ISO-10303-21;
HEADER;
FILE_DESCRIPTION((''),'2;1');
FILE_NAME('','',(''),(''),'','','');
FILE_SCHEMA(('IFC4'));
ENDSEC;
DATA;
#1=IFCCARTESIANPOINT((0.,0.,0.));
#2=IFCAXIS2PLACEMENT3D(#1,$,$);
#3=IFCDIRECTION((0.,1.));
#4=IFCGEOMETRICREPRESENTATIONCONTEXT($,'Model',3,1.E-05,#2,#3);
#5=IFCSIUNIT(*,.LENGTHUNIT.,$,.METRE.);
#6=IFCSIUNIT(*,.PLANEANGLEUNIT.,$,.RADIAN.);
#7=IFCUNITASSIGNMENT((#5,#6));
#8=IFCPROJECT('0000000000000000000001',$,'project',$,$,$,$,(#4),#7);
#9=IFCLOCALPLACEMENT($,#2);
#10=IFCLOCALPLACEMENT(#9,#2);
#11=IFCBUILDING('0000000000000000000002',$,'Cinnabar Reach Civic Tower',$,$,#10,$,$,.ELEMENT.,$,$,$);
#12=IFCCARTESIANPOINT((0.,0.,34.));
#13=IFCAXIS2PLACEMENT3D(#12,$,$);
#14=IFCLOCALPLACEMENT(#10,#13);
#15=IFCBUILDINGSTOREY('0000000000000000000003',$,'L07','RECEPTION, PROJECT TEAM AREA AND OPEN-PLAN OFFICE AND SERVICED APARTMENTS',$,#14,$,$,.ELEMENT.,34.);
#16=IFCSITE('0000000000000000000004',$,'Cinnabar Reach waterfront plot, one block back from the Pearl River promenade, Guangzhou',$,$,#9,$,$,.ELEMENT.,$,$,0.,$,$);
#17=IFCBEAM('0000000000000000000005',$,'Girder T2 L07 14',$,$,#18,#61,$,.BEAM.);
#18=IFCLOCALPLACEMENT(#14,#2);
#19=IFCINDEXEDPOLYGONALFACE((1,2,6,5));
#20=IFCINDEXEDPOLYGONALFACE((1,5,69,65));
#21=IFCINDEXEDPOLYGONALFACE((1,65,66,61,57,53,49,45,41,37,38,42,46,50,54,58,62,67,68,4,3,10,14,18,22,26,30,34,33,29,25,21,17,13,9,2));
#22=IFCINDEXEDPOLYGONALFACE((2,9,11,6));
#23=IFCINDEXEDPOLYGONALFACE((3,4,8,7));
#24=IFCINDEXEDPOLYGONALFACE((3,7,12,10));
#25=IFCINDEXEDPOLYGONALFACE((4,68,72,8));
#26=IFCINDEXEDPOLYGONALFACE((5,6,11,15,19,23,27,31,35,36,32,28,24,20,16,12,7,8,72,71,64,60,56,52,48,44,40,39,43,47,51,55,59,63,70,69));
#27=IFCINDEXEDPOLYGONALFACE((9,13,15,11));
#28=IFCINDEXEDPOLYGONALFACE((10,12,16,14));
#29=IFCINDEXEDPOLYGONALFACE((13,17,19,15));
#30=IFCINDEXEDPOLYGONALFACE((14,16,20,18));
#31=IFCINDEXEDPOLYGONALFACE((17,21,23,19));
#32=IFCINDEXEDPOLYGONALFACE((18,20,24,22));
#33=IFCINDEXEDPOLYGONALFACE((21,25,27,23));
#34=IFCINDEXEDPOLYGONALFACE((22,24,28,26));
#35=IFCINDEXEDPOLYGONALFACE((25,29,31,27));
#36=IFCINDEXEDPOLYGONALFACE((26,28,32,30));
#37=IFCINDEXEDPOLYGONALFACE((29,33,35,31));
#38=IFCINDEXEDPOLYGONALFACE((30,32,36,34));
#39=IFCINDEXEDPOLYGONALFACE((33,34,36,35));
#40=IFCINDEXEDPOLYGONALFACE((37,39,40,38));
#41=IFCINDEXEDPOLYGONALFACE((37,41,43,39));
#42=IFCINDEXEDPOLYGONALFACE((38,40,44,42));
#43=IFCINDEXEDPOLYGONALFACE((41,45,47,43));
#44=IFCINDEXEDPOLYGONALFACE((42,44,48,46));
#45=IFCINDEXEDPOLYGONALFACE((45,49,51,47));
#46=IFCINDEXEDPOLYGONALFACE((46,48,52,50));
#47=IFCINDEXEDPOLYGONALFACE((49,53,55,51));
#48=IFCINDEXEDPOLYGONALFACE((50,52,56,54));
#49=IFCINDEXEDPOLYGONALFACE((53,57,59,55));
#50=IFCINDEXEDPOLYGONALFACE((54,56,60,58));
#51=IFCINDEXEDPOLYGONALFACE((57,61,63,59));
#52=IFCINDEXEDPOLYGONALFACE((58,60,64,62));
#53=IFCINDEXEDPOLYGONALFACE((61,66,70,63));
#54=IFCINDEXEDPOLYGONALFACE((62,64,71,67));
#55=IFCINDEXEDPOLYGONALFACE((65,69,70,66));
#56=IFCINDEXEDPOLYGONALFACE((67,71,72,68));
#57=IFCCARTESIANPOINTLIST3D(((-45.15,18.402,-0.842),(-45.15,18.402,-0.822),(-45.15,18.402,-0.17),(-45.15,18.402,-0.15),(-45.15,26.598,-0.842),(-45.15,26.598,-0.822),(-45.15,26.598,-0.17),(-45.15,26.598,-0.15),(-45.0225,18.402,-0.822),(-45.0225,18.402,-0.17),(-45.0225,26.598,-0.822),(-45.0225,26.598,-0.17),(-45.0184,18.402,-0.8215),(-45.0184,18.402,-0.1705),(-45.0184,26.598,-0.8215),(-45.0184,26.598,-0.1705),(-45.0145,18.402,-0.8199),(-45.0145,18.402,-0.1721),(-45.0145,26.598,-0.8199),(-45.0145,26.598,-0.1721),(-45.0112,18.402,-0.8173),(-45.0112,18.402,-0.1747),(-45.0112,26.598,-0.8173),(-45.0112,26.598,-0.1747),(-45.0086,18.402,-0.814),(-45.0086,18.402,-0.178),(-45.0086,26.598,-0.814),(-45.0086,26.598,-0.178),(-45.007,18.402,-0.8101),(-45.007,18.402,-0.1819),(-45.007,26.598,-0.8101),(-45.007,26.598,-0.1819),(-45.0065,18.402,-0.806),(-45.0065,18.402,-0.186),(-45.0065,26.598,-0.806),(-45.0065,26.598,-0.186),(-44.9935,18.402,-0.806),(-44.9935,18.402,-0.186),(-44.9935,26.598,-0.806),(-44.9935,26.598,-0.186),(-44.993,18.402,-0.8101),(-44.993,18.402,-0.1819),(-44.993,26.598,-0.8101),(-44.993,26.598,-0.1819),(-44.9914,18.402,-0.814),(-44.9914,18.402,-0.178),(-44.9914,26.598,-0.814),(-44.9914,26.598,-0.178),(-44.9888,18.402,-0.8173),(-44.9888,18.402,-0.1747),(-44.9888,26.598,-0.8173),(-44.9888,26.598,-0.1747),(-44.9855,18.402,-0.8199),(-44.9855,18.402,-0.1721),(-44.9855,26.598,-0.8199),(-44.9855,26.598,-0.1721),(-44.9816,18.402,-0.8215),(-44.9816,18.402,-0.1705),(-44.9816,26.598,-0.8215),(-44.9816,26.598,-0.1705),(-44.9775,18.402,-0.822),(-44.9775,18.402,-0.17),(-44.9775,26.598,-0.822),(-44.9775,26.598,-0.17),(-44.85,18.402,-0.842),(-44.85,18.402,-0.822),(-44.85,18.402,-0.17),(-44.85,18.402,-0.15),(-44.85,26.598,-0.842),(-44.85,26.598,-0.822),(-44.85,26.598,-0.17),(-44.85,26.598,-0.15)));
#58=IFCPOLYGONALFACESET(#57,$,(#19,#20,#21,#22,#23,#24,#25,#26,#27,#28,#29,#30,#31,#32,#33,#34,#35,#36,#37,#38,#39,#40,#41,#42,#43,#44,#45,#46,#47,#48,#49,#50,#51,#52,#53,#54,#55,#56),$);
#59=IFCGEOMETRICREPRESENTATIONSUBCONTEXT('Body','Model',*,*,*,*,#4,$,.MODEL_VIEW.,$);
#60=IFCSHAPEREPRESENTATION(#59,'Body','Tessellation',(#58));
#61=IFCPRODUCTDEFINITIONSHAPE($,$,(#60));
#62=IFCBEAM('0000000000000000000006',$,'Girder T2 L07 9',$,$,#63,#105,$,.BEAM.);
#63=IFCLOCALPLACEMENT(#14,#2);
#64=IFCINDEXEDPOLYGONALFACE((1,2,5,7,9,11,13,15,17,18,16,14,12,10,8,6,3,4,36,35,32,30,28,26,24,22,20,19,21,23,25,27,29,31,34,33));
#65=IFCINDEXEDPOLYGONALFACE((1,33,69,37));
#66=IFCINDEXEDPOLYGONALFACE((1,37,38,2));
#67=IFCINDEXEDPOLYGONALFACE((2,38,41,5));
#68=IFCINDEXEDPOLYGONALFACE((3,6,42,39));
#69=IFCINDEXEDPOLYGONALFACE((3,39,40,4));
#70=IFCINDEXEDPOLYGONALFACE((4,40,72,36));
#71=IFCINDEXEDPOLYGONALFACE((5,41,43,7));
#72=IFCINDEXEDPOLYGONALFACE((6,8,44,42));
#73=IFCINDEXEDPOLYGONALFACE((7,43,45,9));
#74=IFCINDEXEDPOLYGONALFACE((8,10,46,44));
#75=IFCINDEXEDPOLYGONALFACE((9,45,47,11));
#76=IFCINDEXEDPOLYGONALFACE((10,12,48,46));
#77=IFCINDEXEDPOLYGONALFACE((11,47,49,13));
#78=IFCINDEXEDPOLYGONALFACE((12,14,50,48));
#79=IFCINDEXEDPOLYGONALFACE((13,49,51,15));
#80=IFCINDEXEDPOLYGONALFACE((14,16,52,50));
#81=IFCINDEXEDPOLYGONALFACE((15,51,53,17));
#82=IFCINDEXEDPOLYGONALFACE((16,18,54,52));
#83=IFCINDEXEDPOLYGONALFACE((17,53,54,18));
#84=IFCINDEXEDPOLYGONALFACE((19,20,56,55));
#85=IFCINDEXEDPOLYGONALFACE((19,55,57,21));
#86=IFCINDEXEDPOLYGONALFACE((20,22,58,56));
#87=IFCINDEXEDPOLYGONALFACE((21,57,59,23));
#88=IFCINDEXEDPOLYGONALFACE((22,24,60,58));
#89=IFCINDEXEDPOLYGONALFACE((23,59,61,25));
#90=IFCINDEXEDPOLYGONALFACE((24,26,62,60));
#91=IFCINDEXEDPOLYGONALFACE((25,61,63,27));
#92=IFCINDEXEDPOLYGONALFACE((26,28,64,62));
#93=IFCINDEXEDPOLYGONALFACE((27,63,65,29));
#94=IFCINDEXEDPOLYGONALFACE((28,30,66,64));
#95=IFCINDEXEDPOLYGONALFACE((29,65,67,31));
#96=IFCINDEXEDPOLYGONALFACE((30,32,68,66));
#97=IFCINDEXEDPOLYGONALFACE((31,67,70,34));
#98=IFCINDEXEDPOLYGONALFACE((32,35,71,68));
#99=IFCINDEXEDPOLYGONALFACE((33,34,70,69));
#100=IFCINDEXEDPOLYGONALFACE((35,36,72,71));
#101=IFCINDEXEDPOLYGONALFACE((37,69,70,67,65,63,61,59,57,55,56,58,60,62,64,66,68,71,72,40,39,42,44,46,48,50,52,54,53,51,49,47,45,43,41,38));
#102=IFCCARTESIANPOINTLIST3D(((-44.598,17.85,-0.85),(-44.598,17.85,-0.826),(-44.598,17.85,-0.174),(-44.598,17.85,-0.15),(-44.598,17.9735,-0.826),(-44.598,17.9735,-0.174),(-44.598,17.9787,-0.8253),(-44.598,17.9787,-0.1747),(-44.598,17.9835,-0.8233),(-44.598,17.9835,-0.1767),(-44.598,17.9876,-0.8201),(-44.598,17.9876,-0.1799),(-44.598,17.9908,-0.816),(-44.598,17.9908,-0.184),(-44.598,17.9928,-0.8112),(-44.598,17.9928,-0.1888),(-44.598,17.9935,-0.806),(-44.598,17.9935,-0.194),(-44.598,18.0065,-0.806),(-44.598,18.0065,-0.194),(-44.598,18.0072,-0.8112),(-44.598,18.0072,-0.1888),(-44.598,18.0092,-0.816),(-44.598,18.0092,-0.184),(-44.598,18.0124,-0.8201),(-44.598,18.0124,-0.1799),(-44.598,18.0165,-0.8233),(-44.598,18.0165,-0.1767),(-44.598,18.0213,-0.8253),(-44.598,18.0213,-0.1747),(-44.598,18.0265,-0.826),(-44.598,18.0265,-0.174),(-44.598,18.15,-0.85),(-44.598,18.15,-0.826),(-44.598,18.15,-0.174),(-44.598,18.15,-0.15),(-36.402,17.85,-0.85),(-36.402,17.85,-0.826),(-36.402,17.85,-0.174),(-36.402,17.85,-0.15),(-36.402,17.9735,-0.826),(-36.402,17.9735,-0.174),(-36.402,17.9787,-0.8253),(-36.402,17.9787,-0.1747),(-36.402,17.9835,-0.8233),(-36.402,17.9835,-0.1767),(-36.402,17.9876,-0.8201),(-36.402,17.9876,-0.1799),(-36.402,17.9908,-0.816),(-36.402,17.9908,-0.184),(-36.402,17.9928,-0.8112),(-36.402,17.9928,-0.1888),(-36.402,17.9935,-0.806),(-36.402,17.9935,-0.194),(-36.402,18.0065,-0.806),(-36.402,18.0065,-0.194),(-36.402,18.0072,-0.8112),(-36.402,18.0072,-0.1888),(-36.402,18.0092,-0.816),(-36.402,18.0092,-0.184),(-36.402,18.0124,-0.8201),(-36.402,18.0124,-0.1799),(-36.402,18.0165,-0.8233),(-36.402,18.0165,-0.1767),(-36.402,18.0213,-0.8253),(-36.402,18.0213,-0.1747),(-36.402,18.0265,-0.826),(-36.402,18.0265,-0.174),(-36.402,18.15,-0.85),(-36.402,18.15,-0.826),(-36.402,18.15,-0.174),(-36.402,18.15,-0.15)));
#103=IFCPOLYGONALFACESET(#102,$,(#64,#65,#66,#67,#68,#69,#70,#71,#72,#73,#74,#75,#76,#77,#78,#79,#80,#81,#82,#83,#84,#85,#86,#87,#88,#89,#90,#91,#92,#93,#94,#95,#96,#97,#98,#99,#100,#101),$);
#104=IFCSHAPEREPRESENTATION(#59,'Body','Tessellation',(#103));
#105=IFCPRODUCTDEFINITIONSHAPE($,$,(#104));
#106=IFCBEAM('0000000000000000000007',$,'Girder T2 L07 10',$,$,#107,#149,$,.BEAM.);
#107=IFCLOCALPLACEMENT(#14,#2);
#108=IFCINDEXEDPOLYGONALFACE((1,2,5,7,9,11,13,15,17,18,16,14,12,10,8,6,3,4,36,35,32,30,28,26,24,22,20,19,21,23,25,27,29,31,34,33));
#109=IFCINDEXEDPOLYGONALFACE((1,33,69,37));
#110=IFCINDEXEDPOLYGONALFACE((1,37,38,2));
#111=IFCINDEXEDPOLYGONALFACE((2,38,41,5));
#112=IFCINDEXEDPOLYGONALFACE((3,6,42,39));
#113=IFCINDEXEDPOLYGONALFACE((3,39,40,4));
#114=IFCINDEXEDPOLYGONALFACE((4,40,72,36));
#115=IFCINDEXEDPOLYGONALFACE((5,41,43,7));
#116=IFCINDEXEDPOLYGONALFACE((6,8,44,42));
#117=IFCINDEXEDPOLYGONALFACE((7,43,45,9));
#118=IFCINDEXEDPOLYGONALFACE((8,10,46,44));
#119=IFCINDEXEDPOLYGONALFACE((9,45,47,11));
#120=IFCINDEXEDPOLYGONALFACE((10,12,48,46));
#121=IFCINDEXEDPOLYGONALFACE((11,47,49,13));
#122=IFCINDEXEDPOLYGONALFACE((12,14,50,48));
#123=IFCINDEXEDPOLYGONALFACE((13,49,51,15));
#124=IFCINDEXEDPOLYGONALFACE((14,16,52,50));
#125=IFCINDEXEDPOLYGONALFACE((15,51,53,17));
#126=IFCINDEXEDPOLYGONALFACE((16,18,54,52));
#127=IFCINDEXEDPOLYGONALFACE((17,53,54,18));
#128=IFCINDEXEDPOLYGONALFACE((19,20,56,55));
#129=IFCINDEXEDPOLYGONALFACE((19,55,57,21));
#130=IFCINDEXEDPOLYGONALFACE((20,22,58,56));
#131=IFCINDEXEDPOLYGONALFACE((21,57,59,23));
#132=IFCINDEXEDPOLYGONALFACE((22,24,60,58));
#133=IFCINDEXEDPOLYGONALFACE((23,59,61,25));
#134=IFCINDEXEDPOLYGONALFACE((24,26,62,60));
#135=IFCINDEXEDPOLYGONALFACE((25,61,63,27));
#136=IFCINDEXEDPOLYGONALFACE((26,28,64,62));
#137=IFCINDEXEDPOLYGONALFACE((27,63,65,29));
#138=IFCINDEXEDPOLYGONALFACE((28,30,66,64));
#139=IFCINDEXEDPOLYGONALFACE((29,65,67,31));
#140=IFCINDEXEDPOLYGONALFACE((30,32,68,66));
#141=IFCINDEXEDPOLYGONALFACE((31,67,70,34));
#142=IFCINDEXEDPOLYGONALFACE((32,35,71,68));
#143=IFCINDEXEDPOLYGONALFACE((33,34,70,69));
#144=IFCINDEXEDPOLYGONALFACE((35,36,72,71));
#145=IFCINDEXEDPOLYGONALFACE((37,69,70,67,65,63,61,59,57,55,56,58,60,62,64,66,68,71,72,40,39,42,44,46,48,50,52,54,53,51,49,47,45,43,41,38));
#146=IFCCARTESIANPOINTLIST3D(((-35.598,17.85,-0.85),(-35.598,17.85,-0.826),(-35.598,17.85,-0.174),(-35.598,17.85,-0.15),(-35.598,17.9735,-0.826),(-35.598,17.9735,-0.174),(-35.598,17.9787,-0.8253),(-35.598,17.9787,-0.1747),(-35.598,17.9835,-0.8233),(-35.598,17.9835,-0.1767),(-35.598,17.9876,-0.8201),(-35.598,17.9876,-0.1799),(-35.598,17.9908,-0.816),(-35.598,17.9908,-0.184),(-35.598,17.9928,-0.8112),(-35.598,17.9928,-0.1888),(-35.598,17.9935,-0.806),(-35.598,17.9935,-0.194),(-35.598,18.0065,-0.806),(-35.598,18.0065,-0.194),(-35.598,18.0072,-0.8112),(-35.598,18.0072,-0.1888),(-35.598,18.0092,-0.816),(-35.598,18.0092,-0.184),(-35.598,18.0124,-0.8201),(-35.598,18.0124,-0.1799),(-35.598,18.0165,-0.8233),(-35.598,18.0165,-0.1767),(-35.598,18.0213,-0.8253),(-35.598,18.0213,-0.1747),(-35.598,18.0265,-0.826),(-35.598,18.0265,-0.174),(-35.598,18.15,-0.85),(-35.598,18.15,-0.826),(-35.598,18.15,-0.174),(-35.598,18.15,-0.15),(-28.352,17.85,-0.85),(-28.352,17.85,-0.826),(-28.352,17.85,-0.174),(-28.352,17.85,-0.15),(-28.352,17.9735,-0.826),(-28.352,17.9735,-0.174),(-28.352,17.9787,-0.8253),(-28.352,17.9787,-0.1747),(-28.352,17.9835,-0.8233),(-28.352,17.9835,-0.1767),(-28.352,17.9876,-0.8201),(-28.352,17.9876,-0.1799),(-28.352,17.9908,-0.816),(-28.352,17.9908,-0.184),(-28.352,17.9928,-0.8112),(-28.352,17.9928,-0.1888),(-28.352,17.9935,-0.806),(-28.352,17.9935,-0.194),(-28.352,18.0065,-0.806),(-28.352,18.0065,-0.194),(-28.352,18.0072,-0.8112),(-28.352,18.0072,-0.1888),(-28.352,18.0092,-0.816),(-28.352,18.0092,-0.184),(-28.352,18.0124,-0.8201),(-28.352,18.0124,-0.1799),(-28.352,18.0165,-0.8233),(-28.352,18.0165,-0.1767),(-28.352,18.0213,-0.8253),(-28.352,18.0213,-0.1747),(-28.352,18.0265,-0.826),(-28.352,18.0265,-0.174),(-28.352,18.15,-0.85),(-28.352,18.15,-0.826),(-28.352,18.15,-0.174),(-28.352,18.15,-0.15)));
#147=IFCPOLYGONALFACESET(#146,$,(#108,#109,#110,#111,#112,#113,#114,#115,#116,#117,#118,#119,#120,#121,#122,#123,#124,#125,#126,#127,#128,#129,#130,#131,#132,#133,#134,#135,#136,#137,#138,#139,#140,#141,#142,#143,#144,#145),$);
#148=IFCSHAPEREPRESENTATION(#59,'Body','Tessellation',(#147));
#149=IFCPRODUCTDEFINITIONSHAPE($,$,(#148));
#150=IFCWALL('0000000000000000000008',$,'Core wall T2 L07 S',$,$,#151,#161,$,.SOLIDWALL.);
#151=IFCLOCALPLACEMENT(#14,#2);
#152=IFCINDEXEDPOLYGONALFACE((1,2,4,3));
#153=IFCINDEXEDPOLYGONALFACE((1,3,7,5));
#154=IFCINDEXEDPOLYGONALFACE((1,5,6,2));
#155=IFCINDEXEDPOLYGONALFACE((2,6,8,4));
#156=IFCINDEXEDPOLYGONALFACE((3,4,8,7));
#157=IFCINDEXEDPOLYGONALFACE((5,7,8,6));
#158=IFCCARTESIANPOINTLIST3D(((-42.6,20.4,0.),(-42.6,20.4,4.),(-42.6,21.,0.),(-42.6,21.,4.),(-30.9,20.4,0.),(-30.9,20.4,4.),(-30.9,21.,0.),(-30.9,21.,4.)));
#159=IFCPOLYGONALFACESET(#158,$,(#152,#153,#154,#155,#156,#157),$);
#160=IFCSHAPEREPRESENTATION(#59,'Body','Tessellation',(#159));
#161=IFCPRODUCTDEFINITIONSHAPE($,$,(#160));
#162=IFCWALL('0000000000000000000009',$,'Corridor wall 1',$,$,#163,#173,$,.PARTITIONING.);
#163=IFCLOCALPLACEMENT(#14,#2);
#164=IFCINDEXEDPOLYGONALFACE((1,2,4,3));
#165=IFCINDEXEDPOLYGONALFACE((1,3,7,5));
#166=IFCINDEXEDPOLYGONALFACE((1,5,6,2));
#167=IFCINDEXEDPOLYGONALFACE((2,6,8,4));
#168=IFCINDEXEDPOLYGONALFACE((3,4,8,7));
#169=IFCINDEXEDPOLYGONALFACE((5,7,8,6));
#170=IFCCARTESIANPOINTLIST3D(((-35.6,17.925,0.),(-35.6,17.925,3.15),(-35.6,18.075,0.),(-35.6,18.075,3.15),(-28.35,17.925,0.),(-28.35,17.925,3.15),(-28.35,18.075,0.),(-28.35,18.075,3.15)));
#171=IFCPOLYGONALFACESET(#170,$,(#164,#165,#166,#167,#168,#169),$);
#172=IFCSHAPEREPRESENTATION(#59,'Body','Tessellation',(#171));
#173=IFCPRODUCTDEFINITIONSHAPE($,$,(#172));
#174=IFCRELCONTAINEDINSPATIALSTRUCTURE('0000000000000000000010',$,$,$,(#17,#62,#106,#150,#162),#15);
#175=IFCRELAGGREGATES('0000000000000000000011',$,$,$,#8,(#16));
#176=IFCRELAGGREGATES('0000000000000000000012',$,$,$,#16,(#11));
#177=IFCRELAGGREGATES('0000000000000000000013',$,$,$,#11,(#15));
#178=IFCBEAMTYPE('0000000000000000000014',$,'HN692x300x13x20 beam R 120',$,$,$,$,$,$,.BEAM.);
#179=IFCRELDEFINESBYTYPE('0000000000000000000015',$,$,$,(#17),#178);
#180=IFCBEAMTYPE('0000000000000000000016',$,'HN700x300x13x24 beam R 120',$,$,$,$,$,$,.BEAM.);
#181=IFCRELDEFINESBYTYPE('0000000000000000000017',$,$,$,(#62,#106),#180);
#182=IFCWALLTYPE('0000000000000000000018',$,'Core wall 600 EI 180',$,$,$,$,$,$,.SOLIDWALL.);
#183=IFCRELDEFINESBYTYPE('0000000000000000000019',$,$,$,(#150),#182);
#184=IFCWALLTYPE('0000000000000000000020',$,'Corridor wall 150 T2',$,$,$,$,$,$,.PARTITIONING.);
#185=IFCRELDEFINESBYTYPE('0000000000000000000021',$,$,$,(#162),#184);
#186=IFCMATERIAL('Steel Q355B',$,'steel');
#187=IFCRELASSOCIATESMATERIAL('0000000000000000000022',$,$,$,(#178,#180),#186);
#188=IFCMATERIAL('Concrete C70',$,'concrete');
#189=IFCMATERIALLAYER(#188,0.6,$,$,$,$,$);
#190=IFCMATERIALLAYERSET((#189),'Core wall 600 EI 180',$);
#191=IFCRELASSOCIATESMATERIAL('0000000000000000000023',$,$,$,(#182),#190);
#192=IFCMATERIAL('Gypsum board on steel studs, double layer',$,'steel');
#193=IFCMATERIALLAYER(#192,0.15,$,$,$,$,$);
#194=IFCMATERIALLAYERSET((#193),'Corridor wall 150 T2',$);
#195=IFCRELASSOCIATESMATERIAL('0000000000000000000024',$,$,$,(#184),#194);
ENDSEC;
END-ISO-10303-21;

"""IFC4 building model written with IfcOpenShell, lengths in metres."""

from ifc_helpers import new_model, si_unit, direction, frame, frame_2d, origin, origin_2d, place, context, subcontext, project, spatial, rectangle, i_section, extrude, material, layer, layer_set, material_profile, profile_set, type_object, element, save


model = new_model("IFC4")

# Units and contexts
model_context = context("Model", 3, precision=1e-05, world=origin(), true_north=direction((0.0, 1.0)))
body_context = subcontext(model_context, "Body", "Model", "MODEL_VIEW")
ifc_project = project(units=[si_unit("LENGTHUNIT", "METRE"), si_unit("PLANEANGLEUNIT", "RADIAN")], contexts=[model_context])

# Site, building, storey
site_placement = place(None, origin())
site = spatial("IfcSite", under=ifc_project, at=site_placement, Name="Cinnabar Reach waterfront plot, one block back from the Pearl River promenade, Guangzhou", CompositionType="ELEMENT", RefElevation=0.0)
building_placement = place(site_placement, origin())
building = spatial("IfcBuilding", under=site, at=building_placement, Name="Cinnabar Reach Civic Tower", CompositionType="ELEMENT")
storey_placement = place(building_placement, frame((0.0, 0.0, 34.0)))
storey = spatial("IfcBuildingStorey", under=building, at=storey_placement, Name="L07", Description="RECEPTION, PROJECT TEAM AREA AND OPEN-PLAN OFFICE AND SERVICED APARTMENTS", CompositionType="ELEMENT", Elevation=34.0)

# Beams
ifc_material_1 = material(Name="Steel Q355B", Category="steel")
ifc_material_profile_1 = material_profile(ifc_material_1, i_section(OverallWidth=0.3, OverallDepth=0.692, WebThickness=0.013, FlangeThickness=0.02, FilletRadius=0.016, at=origin_2d()), Name="HN692x300x13x20")
ifc_profile_set_1 = profile_set([ifc_material_profile_1], Name="Steel Q355B")
beam_type_1 = type_object("IfcBeamType", Name="HN692x300x13x20 beam R 120", PredefinedType="BEAM", material=ifc_profile_set_1)
beam_1_placement = place(storey_placement, frame((-45.0, 18.402, -0.496), z_axis=(0.0, 1.0, 0.0), x_axis=(-1.0, 0.0, 0.0)))
element("IfcBeam", 1, at=beam_1_placement, inside=storey, type_object=beam_type_1, Name="Girder T2 L07 14", PredefinedType="BEAM", context=body_context, shape_type="SweptSolid", body=[
    extrude(i_section(OverallWidth=0.3, OverallDepth=0.692, WebThickness=0.013, FlangeThickness=0.02, FilletRadius=0.016, at=origin_2d()), origin(), (0.0, 0.0, 1.0), 8.196),
])
ifc_material_profile_2 = material_profile(ifc_material_1, i_section(OverallWidth=0.3, OverallDepth=0.7, WebThickness=0.013, FlangeThickness=0.024, FilletRadius=0.02, at=origin_2d()), Name="HN700x300x13x24")
ifc_profile_set_2 = profile_set([ifc_material_profile_2], Name="Steel Q355B")
beam_type_2 = type_object("IfcBeamType", Name="HN700x300x13x24 beam R 120", PredefinedType="BEAM", material=ifc_profile_set_2)
beam_2_placement = place(storey_placement, frame((-44.598, 18.0, -0.5), z_axis=(1.0, 0.0, 0.0), x_axis=(0.0, 1.0, 0.0)))
element("IfcBeam", 2, at=beam_2_placement, inside=storey, type_object=beam_type_2, Name="Girder T2 L07 9", PredefinedType="BEAM", context=body_context, shape_type="SweptSolid", body=[
    extrude(i_section(OverallWidth=0.3, OverallDepth=0.7, WebThickness=0.013, FlangeThickness=0.024, FilletRadius=0.02, at=origin_2d()), origin(), (0.0, 0.0, 1.0), 8.196),
])
beam_3_placement = place(storey_placement, frame((-35.598, 18.0, -0.5), z_axis=(1.0, 0.0, 0.0), x_axis=(0.0, 1.0, 0.0)))
element("IfcBeam", 3, at=beam_3_placement, inside=storey, type_object=beam_type_2, Name="Girder T2 L07 10", PredefinedType="BEAM", context=body_context, shape_type="SweptSolid", body=[
    extrude(i_section(OverallWidth=0.3, OverallDepth=0.7, WebThickness=0.013, FlangeThickness=0.024, FilletRadius=0.02, at=origin_2d()), origin(), (0.0, 0.0, 1.0), 7.246),
])

# Walls
ifc_material_2 = material(Name="Concrete C70", Category="concrete")
ifc_layer_1 = layer(ifc_material_2, 0.6)
ifc_layer_set_1 = layer_set([ifc_layer_1], Name="Core wall 600 EI 180")
wall_type_1 = type_object("IfcWallType", Name="Core wall 600 EI 180", PredefinedType="SOLIDWALL", material=ifc_layer_set_1)
wall_1_placement = place(storey_placement, frame((-42.6, 20.7, 0.0), z_axis=(0.0, 0.0, 1.0), x_axis=(1.0, 0.0, 0.0)))
element("IfcWall", 4, at=wall_1_placement, inside=storey, type_object=wall_type_1, Name="Core wall T2 L07 S", PredefinedType="SOLIDWALL", context=body_context, shape_type="SweptSolid", body=[
    extrude(rectangle(XDim=11.7, YDim=0.6, at=frame_2d((5.85, 0.0))), origin(), (0.0, 0.0, 1.0), 4.0),
])
ifc_material_3 = material(Name="Gypsum board on steel studs, double layer", Category="steel")
ifc_layer_2 = layer(ifc_material_3, 0.15)
ifc_layer_set_2 = layer_set([ifc_layer_2], Name="Corridor wall 150 T2")
wall_type_2 = type_object("IfcWallType", Name="Corridor wall 150 T2", PredefinedType="PARTITIONING", material=ifc_layer_set_2)
wall_2_placement = place(storey_placement, frame((-35.6, 18.0, 0.0), z_axis=(0.0, 0.0, 1.0), x_axis=(1.0, 0.0, 0.0)))
element("IfcWall", 5, at=wall_2_placement, inside=storey, type_object=wall_type_2, Name="Corridor wall 1", PredefinedType="PARTITIONING", context=body_context, shape_type="SweptSolid", body=[
    extrude(rectangle(XDim=7.25, YDim=0.15, at=frame_2d((3.625, 0.0))), origin(), (0.0, 0.0, 1.0), 3.15),
])

save(model, "model.ifc")
